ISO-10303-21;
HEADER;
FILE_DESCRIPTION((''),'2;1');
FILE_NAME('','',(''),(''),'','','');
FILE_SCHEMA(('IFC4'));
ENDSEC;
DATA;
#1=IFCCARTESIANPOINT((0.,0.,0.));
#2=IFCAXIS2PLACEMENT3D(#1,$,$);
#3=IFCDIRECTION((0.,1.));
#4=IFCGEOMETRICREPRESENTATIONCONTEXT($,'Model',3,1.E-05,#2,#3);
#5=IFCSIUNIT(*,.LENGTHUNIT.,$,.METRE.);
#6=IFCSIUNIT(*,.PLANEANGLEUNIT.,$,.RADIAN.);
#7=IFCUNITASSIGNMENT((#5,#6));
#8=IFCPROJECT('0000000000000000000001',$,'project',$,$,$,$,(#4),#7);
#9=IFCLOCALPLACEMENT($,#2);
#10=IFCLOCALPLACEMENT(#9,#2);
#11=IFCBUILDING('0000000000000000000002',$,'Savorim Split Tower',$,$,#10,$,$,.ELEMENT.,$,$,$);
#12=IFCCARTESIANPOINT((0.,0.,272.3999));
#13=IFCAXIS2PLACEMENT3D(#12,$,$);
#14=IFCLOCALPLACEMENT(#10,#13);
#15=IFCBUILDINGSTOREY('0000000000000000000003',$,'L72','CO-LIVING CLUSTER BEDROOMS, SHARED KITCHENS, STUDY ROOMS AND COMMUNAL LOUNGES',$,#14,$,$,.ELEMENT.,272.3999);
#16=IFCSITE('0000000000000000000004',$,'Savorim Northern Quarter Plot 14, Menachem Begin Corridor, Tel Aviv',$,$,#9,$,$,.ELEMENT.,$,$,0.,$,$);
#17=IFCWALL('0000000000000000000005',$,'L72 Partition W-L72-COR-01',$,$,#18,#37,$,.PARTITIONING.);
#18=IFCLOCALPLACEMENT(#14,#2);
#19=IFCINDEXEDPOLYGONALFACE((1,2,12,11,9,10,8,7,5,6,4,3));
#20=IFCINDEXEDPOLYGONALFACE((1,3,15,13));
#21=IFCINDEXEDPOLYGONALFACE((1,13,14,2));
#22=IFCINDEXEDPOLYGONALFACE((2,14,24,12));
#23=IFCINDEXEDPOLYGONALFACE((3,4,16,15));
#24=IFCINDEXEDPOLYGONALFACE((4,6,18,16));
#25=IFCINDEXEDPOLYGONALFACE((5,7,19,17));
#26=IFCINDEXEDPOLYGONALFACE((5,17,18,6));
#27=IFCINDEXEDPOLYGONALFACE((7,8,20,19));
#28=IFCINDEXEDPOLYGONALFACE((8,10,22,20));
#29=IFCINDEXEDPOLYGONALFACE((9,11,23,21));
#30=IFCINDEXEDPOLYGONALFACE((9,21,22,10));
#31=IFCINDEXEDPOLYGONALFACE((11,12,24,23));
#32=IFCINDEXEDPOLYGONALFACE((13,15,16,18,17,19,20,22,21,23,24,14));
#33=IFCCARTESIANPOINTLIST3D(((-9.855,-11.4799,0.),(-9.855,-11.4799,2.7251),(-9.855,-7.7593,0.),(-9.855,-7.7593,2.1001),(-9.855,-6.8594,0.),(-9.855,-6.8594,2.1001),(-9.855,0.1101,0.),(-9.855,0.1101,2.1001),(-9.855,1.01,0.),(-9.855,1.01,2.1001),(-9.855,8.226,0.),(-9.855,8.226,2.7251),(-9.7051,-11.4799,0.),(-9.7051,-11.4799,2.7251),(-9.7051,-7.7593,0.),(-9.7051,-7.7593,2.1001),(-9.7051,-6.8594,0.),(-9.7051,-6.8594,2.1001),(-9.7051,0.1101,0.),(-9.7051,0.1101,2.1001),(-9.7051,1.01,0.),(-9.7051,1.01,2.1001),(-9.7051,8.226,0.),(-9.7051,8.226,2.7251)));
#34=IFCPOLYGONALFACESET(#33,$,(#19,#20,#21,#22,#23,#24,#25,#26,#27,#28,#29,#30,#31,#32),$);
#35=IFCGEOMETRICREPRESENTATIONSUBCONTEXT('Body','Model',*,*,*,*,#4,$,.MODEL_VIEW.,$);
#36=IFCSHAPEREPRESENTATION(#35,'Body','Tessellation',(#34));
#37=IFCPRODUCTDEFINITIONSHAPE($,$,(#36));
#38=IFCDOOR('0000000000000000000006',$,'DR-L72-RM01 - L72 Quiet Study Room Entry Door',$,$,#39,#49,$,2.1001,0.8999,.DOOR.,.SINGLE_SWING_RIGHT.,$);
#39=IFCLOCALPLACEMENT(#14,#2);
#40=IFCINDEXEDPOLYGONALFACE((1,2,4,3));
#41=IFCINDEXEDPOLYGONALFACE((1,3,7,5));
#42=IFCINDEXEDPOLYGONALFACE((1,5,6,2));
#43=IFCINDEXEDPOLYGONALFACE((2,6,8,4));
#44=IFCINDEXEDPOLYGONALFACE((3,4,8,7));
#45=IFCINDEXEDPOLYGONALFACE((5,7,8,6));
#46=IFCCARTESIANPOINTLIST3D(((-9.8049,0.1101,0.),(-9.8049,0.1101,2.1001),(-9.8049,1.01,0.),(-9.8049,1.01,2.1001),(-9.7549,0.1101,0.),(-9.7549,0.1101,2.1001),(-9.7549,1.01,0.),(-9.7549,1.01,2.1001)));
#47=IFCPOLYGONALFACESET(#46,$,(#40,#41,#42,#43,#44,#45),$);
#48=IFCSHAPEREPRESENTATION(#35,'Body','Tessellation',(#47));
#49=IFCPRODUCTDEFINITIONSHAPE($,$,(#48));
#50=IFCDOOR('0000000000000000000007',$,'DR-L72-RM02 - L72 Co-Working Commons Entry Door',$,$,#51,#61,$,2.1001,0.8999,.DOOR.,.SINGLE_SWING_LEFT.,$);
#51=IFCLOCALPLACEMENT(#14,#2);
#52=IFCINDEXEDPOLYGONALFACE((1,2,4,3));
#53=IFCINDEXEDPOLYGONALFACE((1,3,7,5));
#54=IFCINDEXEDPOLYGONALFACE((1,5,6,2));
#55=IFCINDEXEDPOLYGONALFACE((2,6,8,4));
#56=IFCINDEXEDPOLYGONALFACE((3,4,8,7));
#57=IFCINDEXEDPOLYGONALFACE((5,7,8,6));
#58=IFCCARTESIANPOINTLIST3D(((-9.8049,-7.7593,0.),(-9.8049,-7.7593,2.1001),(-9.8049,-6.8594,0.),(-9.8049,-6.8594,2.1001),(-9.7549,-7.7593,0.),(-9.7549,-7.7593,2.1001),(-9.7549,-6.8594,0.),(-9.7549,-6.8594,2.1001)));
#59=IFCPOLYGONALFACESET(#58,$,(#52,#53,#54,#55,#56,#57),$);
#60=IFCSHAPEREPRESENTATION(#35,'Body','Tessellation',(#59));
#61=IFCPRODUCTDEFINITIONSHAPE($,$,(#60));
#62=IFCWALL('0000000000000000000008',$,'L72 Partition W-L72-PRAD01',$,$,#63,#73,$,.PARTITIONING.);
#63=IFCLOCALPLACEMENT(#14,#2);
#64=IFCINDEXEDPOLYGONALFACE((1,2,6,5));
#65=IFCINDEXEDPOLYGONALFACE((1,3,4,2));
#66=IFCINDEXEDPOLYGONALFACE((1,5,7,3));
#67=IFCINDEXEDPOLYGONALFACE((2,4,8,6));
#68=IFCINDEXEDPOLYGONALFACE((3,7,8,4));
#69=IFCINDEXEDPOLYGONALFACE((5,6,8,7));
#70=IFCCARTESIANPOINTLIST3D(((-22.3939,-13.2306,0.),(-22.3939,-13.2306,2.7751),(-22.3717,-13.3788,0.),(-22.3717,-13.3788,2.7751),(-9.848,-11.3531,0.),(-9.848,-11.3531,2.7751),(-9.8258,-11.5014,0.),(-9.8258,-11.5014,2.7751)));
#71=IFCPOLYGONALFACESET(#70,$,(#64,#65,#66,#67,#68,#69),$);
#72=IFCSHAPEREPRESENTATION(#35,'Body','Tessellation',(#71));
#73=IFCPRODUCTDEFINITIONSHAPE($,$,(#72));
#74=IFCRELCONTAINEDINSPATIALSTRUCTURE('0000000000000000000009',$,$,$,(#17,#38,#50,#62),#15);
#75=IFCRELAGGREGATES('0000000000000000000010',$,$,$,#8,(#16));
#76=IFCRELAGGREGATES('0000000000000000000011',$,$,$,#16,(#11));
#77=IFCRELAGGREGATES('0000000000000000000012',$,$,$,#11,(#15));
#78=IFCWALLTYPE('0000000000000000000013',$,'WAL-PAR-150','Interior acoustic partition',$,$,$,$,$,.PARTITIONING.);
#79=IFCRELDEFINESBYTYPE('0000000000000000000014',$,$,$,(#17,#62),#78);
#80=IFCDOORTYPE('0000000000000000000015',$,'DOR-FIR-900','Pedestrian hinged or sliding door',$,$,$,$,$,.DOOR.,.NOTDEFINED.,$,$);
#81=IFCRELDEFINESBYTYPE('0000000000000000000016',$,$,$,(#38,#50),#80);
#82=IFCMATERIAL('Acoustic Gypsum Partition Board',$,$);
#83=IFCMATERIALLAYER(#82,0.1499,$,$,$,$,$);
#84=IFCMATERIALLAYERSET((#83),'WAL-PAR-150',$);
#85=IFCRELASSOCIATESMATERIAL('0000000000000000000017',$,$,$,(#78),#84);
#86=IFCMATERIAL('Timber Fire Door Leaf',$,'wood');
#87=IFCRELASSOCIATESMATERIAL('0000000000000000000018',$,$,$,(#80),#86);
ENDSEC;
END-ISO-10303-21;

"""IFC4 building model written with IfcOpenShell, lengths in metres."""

from ifc_helpers import new_model, si_unit, direction, frame, frame_2d, origin, place, context, subcontext, project, spatial, rectangle, extrude, material, layer, layer_set, type_object, element, fill, save


model = new_model("IFC4")

# Units and contexts
model_context = context("Model", 3, precision=1e-05, world=origin(), true_north=direction((0.0, 1.0)))
body_context = subcontext(model_context, "Body", "Model", "MODEL_VIEW")
ifc_project = project(units=[si_unit("LENGTHUNIT", "METRE"), si_unit("PLANEANGLEUNIT", "RADIAN")], contexts=[model_context])

# Site, building, storey
site_placement = place(None, origin())
site = spatial("IfcSite", under=ifc_project, at=site_placement, Name="Savorim Northern Quarter Plot 14, Menachem Begin Corridor, Tel Aviv", CompositionType="ELEMENT", RefElevation=0.0)
building_placement = place(site_placement, origin())
building = spatial("IfcBuilding", under=site, at=building_placement, Name="Savorim Split Tower", CompositionType="ELEMENT")
storey_placement = place(building_placement, frame((0.0, 0.0, 272.3999)))
storey = spatial("IfcBuildingStorey", under=building, at=storey_placement, Name="L72", Description="CO-LIVING CLUSTER BEDROOMS, SHARED KITCHENS, STUDY ROOMS AND COMMUNAL LOUNGES", CompositionType="ELEMENT", Elevation=272.3999)

# Shared definitions
ifc_material_1 = material(Name="Timber Fire Door Leaf", Category="wood")

# Wall, openings, doors
ifc_material_2 = material(Name="Acoustic Gypsum Partition Board")
ifc_layer_1 = layer(ifc_material_2, 0.1499)
ifc_layer_set_1 = layer_set([ifc_layer_1], Name="WAL-PAR-150")
wall_type_1 = type_object("IfcWallType", Name="WAL-PAR-150", Description="Interior acoustic partition", PredefinedType="PARTITIONING", material=ifc_layer_set_1)
wall_1_placement = place(storey_placement, frame((-9.78, -11.48, 0.0), z_axis=(0.0, 0.0, 1.0), x_axis=(0.0, 1.0, 0.0)))
wall_1 = element("IfcWall", 1, at=wall_1_placement, inside=storey, type_object=wall_type_1, Name="L72 Partition W-L72-COR-01", PredefinedType="PARTITIONING", context=body_context, shape_type="SweptSolid", body=[
    extrude(rectangle(XDim=19.7058, YDim=0.1499, at=frame_2d((9.853, 0.0))), origin(), (0.0, 0.0, 1.0), 2.7251),
])
opening_1_placement = place(wall_1_placement, frame((11.5901, 0.0, 0.0)))
opening_1 = element("IfcOpeningElement", 2, at=opening_1_placement, cuts=wall_1, PredefinedType="OPENING", context=body_context, shape_type="SweptSolid", body=[
    extrude(rectangle(XDim=0.8999, YDim=2.1001, at=frame_2d((0.45, 1.05))), frame((0.0, 0.085, 0.0), z_axis=(0.0, -1.0, 0.0), x_axis=(1.0, 0.0, 0.0)), (0.0, 0.0, 1.0), 0.1699),
])
opening_2_placement = place(wall_1_placement, frame((3.7207, 0.0, 0.0)))
opening_2 = element("IfcOpeningElement", 3, at=opening_2_placement, cuts=wall_1, PredefinedType="OPENING", context=body_context, shape_type="SweptSolid", body=[
    extrude(rectangle(XDim=0.8999, YDim=2.1001, at=frame_2d((0.45, 1.05))), frame((0.0, 0.085, 0.0), z_axis=(0.0, -1.0, 0.0), x_axis=(1.0, 0.0, 0.0)), (0.0, 0.0, 1.0), 0.1699),
])
door_type_1 = type_object("IfcDoorType", Name="DOR-FIR-900", Description="Pedestrian hinged or sliding door", OperationType="NOTDEFINED", PredefinedType="DOOR", material=ifc_material_1)
door_1_placement = place(opening_1_placement, origin())
door_1 = element("IfcDoor", 4, at=door_1_placement, inside=storey, type_object=door_type_1, Name="DR-L72-RM01 - L72 Quiet Study Room Entry Door", OperationType="SINGLE_SWING_RIGHT", OverallHeight=2.1001, OverallWidth=0.8999, PredefinedType="DOOR", context=body_context, shape_type="SweptSolid", body=[
    extrude(rectangle(XDim=0.8999, YDim=2.1001, at=frame_2d((0.45, 1.05))), frame((0.0, 0.0249, 0.0), z_axis=(0.0, -1.0, 0.0), x_axis=(1.0, 0.0, 0.0)), (0.0, 0.0, 1.0), 0.05),
])
fill(opening_1, door_1)
door_2_placement = place(opening_2_placement, origin())
door_2 = element("IfcDoor", 5, at=door_2_placement, inside=storey, type_object=door_type_1, Name="DR-L72-RM02 - L72 Co-Working Commons Entry Door", OperationType="SINGLE_SWING_LEFT", OverallHeight=2.1001, OverallWidth=0.8999, PredefinedType="DOOR", context=body_context, shape_type="SweptSolid", body=[
    extrude(rectangle(XDim=0.8999, YDim=2.1001, at=frame_2d((0.45, 1.05))), frame((0.0, 0.0249, 0.0), z_axis=(0.0, -1.0, 0.0), x_axis=(1.0, 0.0, 0.0)), (0.0, 0.0, 1.0), 0.05),
])
fill(opening_2, door_2)

# Wall
wall_2_placement = place(storey_placement, frame((-9.8369, -11.4272, 0.0), z_axis=(0.0, 0.0, 1.0), x_axis=(-0.988988, -0.147998, 0.0)))
element("IfcWall", 6, at=wall_2_placement, inside=storey, type_object=wall_type_1, Name="L72 Partition W-L72-PRAD01", PredefinedType="PARTITIONING", context=body_context, shape_type="SweptSolid", body=[
    extrude(rectangle(XDim=12.6855, YDim=0.1499, at=frame_2d((6.3428, 0.0))), origin(), (0.0, 0.0, 1.0), 2.7751),
])

save(model, "model.ifc")
